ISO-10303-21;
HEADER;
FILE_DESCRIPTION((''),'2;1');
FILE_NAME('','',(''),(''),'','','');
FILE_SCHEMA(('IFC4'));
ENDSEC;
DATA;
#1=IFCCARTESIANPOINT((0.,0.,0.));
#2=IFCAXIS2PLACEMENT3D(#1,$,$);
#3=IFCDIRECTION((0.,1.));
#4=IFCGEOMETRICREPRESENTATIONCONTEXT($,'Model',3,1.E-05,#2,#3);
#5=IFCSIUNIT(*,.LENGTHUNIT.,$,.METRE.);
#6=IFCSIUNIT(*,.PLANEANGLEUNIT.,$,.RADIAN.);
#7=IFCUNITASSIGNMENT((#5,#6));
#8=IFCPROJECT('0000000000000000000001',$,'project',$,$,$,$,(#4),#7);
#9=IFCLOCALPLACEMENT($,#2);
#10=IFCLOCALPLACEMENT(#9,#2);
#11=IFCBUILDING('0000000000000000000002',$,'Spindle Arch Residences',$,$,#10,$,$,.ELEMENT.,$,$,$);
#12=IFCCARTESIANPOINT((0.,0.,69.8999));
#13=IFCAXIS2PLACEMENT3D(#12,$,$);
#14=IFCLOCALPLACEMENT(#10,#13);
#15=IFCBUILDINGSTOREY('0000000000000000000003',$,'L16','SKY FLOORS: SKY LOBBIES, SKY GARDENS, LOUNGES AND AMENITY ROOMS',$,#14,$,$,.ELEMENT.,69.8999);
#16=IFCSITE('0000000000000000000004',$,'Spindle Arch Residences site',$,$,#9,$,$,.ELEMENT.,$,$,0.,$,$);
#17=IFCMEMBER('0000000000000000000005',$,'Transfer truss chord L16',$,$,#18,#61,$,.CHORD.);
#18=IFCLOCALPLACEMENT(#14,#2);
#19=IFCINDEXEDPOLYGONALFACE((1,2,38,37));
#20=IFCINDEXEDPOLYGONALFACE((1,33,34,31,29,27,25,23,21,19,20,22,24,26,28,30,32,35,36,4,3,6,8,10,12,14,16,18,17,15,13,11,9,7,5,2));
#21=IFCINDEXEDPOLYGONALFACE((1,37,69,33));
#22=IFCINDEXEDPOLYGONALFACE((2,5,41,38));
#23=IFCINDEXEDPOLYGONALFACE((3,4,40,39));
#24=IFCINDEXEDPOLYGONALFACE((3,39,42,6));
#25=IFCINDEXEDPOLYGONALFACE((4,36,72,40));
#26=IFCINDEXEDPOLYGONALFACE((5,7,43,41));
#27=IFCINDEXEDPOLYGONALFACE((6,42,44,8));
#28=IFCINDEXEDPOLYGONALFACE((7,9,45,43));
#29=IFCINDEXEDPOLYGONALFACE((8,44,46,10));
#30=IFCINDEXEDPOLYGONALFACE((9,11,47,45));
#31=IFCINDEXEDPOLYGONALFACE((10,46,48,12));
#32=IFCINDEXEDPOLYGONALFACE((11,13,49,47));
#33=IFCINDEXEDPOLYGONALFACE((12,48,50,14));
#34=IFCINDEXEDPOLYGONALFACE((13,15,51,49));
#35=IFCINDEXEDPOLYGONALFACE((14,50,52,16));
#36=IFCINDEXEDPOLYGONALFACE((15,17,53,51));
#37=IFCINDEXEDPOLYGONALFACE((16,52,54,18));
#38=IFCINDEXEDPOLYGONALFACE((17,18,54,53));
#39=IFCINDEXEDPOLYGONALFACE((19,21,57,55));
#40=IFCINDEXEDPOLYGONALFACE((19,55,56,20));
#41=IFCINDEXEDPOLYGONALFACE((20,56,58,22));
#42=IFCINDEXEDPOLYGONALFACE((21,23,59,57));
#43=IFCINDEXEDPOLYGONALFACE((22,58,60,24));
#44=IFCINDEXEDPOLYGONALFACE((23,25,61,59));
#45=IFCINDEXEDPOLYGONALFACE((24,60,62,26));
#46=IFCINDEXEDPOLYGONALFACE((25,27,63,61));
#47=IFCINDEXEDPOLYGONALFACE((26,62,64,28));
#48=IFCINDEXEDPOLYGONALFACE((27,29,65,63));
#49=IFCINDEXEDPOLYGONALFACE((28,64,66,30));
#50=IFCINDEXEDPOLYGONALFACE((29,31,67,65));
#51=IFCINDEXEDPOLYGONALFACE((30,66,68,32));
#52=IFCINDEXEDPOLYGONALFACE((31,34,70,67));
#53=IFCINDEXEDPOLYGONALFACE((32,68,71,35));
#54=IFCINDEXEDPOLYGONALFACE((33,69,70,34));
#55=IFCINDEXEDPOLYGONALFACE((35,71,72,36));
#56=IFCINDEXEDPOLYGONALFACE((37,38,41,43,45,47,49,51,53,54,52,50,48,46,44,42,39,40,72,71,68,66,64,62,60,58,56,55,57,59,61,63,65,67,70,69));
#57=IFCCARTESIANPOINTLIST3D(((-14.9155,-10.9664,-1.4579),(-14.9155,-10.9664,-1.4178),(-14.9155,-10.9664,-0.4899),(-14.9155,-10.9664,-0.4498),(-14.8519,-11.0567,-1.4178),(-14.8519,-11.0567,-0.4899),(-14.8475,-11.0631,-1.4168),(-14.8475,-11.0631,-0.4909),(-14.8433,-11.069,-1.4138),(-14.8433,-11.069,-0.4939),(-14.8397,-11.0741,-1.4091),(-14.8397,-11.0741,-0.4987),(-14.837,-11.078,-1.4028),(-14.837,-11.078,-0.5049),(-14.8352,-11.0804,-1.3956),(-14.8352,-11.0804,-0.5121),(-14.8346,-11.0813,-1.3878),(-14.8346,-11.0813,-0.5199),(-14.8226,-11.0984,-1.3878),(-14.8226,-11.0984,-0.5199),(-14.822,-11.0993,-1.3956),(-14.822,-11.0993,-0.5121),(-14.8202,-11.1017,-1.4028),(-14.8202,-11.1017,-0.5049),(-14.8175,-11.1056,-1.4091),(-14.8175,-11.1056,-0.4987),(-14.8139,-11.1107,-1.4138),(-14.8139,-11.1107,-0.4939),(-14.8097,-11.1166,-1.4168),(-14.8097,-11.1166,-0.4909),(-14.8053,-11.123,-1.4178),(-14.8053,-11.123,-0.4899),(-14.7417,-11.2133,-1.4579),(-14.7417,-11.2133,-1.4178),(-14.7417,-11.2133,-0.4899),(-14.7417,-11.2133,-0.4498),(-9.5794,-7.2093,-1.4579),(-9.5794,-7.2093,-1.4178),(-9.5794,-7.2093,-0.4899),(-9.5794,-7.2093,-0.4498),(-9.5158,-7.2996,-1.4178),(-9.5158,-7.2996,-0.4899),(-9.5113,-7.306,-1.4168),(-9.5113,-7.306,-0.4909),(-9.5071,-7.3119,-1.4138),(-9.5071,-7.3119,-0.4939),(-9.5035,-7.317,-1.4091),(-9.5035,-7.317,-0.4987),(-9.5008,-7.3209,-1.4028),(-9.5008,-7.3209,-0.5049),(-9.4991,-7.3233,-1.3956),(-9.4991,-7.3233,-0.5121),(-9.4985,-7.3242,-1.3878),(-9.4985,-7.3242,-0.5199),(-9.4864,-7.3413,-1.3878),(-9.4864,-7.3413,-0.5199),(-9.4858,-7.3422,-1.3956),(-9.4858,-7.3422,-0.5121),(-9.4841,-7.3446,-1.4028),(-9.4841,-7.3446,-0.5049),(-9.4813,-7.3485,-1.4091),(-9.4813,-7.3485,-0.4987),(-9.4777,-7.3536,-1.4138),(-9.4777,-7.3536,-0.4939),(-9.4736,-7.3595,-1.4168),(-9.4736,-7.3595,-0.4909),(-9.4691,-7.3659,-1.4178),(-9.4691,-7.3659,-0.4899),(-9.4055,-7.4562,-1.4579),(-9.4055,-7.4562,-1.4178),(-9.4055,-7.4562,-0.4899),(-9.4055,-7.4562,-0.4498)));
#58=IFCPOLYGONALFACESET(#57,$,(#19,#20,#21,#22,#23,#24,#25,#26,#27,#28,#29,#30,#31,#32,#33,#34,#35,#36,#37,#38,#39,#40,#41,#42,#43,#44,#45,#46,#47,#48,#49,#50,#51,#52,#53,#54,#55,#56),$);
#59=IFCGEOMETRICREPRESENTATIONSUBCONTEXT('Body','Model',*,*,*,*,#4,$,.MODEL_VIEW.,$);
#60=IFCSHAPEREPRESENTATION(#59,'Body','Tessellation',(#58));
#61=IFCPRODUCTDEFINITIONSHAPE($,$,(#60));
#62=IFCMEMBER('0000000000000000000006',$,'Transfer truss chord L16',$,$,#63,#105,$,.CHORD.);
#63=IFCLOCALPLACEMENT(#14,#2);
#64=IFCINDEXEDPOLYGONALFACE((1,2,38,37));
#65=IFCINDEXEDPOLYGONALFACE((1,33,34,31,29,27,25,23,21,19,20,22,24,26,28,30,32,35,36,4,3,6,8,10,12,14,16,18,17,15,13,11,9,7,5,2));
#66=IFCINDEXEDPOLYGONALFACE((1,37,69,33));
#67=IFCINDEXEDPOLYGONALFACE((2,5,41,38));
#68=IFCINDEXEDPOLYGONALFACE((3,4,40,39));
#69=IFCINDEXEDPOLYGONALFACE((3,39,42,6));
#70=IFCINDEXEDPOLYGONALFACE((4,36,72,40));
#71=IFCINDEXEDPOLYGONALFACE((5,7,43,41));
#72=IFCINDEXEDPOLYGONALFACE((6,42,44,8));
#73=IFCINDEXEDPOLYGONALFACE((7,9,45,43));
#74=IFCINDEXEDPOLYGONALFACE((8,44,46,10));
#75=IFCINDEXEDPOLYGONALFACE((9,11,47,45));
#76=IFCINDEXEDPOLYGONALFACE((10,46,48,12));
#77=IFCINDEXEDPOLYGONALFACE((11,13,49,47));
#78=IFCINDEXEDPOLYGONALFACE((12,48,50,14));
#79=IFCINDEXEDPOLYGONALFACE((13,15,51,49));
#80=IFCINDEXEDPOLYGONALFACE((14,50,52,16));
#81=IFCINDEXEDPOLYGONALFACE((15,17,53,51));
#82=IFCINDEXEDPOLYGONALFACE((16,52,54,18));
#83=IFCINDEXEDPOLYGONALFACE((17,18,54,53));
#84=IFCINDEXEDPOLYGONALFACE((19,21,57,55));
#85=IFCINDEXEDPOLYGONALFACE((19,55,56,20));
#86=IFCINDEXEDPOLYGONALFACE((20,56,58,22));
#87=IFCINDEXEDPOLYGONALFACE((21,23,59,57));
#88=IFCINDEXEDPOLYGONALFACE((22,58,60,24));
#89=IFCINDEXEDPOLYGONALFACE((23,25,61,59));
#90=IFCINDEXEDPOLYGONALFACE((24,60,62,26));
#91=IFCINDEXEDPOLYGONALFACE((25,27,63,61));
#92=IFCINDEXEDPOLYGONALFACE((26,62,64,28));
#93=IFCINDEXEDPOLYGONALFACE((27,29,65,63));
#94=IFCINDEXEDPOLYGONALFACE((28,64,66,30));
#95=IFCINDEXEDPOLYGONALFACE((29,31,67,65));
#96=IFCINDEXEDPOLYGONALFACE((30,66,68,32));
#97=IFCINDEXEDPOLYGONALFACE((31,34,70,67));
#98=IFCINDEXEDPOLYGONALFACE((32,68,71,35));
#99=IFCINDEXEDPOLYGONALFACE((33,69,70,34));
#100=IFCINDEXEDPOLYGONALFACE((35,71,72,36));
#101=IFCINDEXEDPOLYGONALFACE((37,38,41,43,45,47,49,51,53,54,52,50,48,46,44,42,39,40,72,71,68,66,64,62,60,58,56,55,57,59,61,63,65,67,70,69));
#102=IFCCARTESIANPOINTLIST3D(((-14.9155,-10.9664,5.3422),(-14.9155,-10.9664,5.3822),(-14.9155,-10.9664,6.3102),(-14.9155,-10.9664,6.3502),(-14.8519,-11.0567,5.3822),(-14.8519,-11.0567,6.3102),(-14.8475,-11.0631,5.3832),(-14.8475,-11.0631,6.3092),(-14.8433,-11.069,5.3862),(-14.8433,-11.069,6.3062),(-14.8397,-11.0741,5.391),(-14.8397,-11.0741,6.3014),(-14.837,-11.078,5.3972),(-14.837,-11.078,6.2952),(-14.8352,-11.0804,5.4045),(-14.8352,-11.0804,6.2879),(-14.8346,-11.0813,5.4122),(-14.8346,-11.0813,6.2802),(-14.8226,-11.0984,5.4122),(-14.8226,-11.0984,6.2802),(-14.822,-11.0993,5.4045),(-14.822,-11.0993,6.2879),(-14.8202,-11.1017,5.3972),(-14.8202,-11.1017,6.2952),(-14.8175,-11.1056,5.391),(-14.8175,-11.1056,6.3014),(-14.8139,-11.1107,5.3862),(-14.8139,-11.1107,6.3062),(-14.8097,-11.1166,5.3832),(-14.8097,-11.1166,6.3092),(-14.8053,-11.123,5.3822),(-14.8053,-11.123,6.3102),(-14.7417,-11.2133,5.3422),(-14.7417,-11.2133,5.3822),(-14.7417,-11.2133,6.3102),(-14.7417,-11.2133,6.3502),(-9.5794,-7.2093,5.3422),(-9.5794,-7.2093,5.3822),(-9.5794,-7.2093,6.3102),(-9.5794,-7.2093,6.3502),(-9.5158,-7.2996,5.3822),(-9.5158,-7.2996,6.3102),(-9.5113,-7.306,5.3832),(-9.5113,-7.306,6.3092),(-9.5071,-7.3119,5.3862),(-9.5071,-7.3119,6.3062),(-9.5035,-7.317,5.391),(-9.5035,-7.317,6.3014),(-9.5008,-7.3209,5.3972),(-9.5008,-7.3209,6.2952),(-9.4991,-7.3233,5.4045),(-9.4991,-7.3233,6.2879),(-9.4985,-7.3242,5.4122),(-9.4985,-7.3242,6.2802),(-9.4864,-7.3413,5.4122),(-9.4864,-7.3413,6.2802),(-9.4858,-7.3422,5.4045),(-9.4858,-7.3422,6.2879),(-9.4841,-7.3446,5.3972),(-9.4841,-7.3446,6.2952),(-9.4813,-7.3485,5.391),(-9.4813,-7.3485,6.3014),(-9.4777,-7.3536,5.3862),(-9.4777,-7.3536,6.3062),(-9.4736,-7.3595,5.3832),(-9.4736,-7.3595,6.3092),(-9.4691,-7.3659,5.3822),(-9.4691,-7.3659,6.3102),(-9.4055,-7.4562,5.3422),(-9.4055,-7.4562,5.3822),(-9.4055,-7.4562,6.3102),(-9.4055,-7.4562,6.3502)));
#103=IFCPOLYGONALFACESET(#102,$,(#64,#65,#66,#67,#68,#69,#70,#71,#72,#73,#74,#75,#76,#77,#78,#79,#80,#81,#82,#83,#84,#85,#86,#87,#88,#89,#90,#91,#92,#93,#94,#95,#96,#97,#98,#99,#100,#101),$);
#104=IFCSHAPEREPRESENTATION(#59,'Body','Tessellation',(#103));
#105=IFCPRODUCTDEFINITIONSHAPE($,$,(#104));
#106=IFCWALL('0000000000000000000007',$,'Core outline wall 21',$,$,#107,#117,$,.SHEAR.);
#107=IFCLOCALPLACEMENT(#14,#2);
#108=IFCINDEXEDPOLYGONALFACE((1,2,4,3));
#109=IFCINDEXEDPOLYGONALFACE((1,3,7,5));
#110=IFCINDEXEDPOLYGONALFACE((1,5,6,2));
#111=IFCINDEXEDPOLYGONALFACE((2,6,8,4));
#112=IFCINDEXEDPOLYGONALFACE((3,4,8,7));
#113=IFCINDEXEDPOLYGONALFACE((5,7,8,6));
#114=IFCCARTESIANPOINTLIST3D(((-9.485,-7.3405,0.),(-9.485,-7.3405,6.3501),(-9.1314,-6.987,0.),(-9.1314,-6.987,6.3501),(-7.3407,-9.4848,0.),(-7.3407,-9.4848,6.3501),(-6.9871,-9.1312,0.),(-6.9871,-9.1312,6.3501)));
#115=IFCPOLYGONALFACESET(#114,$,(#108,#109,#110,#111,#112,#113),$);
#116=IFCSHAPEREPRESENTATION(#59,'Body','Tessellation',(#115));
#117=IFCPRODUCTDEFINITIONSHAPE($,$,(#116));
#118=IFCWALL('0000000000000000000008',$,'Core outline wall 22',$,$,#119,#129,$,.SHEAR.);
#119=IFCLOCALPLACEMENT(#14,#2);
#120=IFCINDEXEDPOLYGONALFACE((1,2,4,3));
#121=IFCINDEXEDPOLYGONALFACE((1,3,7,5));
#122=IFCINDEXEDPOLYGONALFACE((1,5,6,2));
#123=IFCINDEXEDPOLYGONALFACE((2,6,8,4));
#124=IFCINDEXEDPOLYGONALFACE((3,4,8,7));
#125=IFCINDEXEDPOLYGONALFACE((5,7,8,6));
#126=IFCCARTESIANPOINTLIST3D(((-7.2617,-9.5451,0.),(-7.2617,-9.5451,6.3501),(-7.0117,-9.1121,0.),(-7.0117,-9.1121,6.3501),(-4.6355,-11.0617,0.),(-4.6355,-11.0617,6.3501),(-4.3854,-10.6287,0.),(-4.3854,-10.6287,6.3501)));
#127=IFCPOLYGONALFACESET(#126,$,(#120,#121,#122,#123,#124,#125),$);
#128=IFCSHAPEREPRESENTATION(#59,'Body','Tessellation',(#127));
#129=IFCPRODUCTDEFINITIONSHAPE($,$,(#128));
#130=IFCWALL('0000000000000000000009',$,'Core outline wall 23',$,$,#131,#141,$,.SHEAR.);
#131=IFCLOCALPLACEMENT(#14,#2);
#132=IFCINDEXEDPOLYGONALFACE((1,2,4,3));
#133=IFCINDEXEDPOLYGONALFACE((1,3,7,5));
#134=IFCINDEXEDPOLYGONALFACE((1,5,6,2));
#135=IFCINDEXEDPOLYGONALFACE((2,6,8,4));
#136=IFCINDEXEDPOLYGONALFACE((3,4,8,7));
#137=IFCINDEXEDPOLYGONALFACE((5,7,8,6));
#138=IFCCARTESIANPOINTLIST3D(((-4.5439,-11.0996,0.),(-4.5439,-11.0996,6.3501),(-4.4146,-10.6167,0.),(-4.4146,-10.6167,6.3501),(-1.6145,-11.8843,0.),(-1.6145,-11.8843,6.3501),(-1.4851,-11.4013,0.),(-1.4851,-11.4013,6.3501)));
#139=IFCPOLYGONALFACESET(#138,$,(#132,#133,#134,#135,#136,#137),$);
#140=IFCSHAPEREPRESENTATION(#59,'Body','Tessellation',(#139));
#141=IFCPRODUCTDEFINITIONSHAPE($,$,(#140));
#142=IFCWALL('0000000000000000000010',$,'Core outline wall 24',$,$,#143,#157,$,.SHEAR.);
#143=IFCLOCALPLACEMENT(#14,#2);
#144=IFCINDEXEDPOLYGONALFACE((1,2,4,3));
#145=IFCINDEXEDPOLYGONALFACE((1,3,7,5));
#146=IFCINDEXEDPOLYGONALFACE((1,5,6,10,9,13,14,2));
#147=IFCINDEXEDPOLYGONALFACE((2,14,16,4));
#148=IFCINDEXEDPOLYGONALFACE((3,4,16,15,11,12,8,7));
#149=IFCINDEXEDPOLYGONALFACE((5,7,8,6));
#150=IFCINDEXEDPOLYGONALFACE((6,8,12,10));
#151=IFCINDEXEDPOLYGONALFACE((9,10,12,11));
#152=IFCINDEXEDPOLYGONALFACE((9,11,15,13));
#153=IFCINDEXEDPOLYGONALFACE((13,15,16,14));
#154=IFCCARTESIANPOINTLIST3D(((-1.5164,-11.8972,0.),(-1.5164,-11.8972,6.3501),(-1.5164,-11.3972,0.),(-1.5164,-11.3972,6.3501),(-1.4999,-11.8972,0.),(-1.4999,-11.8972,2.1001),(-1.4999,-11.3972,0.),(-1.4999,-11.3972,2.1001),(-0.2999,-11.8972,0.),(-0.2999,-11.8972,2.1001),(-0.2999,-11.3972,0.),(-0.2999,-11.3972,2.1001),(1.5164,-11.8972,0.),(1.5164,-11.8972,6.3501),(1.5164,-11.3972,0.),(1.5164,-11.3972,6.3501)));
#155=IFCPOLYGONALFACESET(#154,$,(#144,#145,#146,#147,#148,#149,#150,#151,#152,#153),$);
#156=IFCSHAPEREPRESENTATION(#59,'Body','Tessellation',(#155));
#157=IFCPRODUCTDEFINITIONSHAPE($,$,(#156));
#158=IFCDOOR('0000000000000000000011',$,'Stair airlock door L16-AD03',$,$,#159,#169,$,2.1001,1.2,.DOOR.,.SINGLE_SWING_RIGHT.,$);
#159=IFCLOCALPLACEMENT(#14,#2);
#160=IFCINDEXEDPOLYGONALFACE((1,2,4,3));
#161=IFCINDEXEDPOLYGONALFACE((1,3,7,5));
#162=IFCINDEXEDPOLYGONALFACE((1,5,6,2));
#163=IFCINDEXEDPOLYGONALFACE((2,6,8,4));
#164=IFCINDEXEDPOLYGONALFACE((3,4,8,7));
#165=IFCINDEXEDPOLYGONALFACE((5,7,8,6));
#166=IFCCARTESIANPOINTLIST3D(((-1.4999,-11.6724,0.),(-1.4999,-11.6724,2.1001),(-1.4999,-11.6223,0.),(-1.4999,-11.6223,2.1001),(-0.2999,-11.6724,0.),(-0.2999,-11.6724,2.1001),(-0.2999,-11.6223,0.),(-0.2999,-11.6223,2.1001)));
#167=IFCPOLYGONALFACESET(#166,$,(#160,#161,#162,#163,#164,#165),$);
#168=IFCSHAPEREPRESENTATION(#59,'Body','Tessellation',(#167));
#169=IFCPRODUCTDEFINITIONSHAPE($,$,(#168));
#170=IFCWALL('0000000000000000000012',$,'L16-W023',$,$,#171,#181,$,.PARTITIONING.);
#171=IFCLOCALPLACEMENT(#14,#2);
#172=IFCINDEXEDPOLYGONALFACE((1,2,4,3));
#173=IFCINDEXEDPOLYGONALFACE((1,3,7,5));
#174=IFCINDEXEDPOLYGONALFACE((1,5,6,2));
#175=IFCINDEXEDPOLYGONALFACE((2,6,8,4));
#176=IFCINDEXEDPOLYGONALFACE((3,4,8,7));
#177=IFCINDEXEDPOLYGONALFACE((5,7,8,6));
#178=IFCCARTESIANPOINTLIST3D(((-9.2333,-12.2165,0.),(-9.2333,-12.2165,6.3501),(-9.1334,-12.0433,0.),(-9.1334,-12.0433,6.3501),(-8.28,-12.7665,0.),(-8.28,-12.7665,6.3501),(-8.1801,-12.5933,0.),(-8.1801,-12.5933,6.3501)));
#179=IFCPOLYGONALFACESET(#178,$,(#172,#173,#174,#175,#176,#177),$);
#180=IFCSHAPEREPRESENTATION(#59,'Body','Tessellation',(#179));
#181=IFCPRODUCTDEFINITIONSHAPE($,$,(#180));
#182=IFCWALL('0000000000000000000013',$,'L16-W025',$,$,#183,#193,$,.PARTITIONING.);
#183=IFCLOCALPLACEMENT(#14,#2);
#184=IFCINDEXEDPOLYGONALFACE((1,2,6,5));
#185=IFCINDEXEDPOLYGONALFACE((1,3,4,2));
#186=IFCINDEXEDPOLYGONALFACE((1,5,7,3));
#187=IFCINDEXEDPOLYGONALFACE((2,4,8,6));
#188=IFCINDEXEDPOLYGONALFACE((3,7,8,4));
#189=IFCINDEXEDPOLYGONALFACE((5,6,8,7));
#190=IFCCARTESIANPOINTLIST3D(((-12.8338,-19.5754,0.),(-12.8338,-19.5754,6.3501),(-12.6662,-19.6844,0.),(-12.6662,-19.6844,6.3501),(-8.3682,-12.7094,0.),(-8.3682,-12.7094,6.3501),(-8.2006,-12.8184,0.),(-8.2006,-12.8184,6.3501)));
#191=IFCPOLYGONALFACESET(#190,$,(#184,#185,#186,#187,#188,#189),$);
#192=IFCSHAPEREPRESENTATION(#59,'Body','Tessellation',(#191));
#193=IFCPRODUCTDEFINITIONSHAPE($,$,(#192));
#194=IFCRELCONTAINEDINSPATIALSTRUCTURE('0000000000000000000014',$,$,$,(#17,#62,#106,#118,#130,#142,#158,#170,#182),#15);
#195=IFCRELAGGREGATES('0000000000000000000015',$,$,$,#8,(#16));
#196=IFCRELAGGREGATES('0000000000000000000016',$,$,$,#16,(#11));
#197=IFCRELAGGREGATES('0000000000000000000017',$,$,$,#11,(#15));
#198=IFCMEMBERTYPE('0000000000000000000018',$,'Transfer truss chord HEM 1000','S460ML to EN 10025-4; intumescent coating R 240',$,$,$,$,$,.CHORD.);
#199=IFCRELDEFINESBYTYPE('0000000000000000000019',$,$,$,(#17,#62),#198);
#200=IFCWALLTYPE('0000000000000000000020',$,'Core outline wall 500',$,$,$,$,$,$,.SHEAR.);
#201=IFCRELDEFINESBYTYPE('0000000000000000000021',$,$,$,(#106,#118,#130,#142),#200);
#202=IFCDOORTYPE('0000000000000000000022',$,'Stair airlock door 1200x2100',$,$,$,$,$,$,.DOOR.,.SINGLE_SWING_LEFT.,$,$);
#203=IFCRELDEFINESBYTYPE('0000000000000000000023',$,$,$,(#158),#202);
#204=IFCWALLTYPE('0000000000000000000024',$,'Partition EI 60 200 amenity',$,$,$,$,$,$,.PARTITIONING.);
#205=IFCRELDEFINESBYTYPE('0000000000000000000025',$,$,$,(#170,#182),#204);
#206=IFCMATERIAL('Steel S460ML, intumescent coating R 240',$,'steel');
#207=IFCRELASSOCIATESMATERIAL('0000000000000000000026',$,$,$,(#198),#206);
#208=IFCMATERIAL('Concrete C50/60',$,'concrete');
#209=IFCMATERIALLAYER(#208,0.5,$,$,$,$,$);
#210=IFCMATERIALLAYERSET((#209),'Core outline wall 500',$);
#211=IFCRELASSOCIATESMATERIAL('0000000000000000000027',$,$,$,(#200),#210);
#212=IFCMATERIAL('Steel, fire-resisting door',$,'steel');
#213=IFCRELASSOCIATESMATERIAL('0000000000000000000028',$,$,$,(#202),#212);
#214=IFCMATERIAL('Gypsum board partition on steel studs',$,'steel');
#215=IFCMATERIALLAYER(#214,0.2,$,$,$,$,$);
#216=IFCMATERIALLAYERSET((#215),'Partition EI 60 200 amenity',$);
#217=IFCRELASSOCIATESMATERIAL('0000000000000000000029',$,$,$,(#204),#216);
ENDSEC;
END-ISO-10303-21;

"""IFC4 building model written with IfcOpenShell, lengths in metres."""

from ifc_helpers import new_model, si_unit, direction, frame, frame_2d, origin, origin_2d, place, context, subcontext, project, spatial, rectangle, i_section, extrude, material, layer, layer_set, material_profile, profile_set, type_object, element, fill, save


model = new_model("IFC4")

# Units and contexts
model_context = context("Model", 3, precision=1e-05, world=origin(), true_north=direction((0.0, 1.0)))
body_context = subcontext(model_context, "Body", "Model", "MODEL_VIEW")
ifc_project = project(units=[si_unit("LENGTHUNIT", "METRE"), si_unit("PLANEANGLEUNIT", "RADIAN")], contexts=[model_context])

# Site, building, storey
site_placement = place(None, origin())
site = spatial("IfcSite", under=ifc_project, at=site_placement, Name="Spindle Arch Residences site", CompositionType="ELEMENT", RefElevation=0.0)
building_placement = place(site_placement, origin())
building = spatial("IfcBuilding", under=site, at=building_placement, Name="Spindle Arch Residences", CompositionType="ELEMENT")
storey_placement = place(building_placement, frame((0.0, 0.0, 69.8999)))
storey = spatial("IfcBuildingStorey", under=building, at=storey_placement, Name="L16", Description="SKY FLOORS: SKY LOBBIES, SKY GARDENS, LOUNGES AND AMENITY ROOMS", CompositionType="ELEMENT", Elevation=69.8999)

# Members
ifc_material_1 = material(Name="Steel S460ML, intumescent coating R 240", Category="steel")
ifc_material_profile = material_profile(ifc_material_1, i_section(OverallWidth=0.302, OverallDepth=1.0081, WebThickness=0.021, FlangeThickness=0.04, FilletRadius=0.03, at=origin_2d()), Name="HEM 1000")
ifc_profile_set = profile_set([ifc_material_profile], Name="Steel S460ML, intumescent coating R 240")
member_type = type_object("IfcMemberType", Name="Transfer truss chord HEM 1000", Description="S460ML to EN 10025-4; intumescent coating R 240", PredefinedType="CHORD", material=ifc_profile_set)
for number, where, z_axis, x_axis, name in (
    (1, (-9.4924, -7.3328, -0.9539), (-0.817663, -0.575697, 0.0), (0.575697, -0.817663, 0.0), "Transfer truss chord L16"),
    (2, (-9.4924, -7.3328, 5.8462), (-0.817663, -0.575697, 0.0), (0.575697, -0.817663, 0.0), "Transfer truss chord L16"),
):
    element("IfcMember", number, at=place(storey_placement, frame(where, z_axis=z_axis, x_axis=x_axis)), inside=storey, type_object=member_type, Name=name, PredefinedType="CHORD", context=body_context, shape_type="SweptSolid", body=[
        extrude(i_section(OverallWidth=0.302, OverallDepth=1.0081, WebThickness=0.021, FlangeThickness=0.04, FilletRadius=0.03, at=origin_2d()), origin(), (0.0, 0.0, 1.0), 6.5261),
    ])

# Walls
ifc_material_2 = material(Name="Concrete C50/60", Category="concrete")
ifc_layer_1 = layer(ifc_material_2, 0.5)
ifc_layer_set_1 = layer_set([ifc_layer_1], Name="Core outline wall 500")
wall_type_1 = type_object("IfcWallType", Name="Core outline wall 500", PredefinedType="SHEAR", material=ifc_layer_set_1)
wall_1_placement = place(storey_placement, frame((-9.3081, -7.1638, 0.0), z_axis=(0.0, 0.0, 1.0), x_axis=(0.707107, -0.707107, 0.0)))
element("IfcWall", 3, at=wall_1_placement, inside=storey, type_object=wall_type_1, Name="Core outline wall 21", PredefinedType="SHEAR", context=body_context, shape_type="SweptSolid", body=[
    extrude(rectangle(XDim=3.0325, YDim=0.5, at=frame_2d((1.5161, 0.0))), origin(), (0.0, 0.0, 1.0), 6.3501),
])
for number, where, z_axis, x_axis, name in (
    (4, (-7.1367, -9.3286, 0.0), (0.0, 0.0, 1.0), (0.865975, -0.500087, 0.0), "Core outline wall 22"),
    (5, (-4.4792, -10.8582, 0.0), (0.0, 0.0, 1.0), (0.965948, -0.258735, 0.0), "Core outline wall 23"),
):
    element("IfcWall", number, at=place(storey_placement, frame(where, z_axis=z_axis, x_axis=x_axis)), inside=storey, type_object=wall_type_1, Name=name, PredefinedType="SHEAR", context=body_context, shape_type="SweptSolid", body=[
        extrude(rectangle(XDim=3.0327, YDim=0.5, at=frame_2d((1.5164, 0.0))), origin(), (0.0, 0.0, 1.0), 6.3501),
    ])

# Wall, opening, door
wall_2_placement = place(storey_placement, frame((-1.5164, -11.6472, 0.0), z_axis=(0.0, 0.0, 1.0), x_axis=(1.0, 0.0, 0.0)))
wall_2 = element("IfcWall", 6, at=wall_2_placement, inside=storey, type_object=wall_type_1, Name="Core outline wall 24", PredefinedType="SHEAR", context=body_context, shape_type="SweptSolid", body=[
    extrude(rectangle(XDim=3.0327, YDim=0.5, at=frame_2d((1.5164, 0.0))), origin(), (0.0, 0.0, 1.0), 6.3501),
])
opening_1_placement = place(wall_2_placement, frame((0.0164, 0.0, 0.0)))
opening_1 = element("IfcOpeningElement", 7, at=opening_1_placement, cuts=wall_2, PredefinedType="OPENING", context=body_context, shape_type="SweptSolid", body=[
    extrude(rectangle(XDim=1.2, YDim=2.1001, at=frame_2d((0.6001, 1.05))), frame((0.0, 0.26, 0.0), z_axis=(0.0, -1.0, 0.0), x_axis=(1.0, 0.0, 0.0)), (0.0, 0.0, 1.0), 0.52),
])
ifc_material_3 = material(Name="Steel, fire-resisting door", Category="steel")
door_type_1 = type_object("IfcDoorType", Name="Stair airlock door 1200x2100", OperationType="SINGLE_SWING_LEFT", PredefinedType="DOOR", material=ifc_material_3)
door_1_placement = place(opening_1_placement, origin())
door_1 = element("IfcDoor", 8, at=door_1_placement, inside=storey, type_object=door_type_1, Name="Stair airlock door L16-AD03", OperationType="SINGLE_SWING_RIGHT", OverallHeight=2.1001, OverallWidth=1.2, PredefinedType="DOOR", context=body_context, shape_type="SweptSolid", body=[
    extrude(rectangle(XDim=1.2, YDim=2.1001, at=frame_2d((0.6001, 1.05))), frame((0.0, 0.0249, 0.0), z_axis=(0.0, -1.0, 0.0), x_axis=(1.0, 0.0, 0.0)), (0.0, 0.0, 1.0), 0.05),
])
fill(opening_1, door_1)

# Walls
ifc_material_4 = material(Name="Gypsum board partition on steel studs", Category="steel")
ifc_layer_2 = layer(ifc_material_4, 0.2)
ifc_layer_set_2 = layer_set([ifc_layer_2], Name="Partition EI 60 200 amenity")
wall_type_2 = type_object("IfcWallType", Name="Partition EI 60 200 amenity", PredefinedType="PARTITIONING", material=ifc_layer_set_2)
wall_3_placement = place(storey_placement, frame((-9.1833, -12.1299, 0.0), z_axis=(0.0, 0.0, 1.0), x_axis=(0.866175, -0.499742, 0.0)))
element("IfcWall", 9, at=wall_3_placement, inside=storey, type_object=wall_type_2, Name="L16-W023", PredefinedType="PARTITIONING", context=body_context, shape_type="SweptSolid", body=[
    extrude(rectangle(XDim=1.1006, YDim=0.2, at=frame_2d((0.5503, 0.0))), origin(), (0.0, 0.0, 1.0), 6.3501),
])
wall_4_placement = place(storey_placement, frame((-8.2844, -12.7639, 0.0), z_axis=(0.0, 0.0, 1.0), x_axis=(-0.54522, -0.838293, 0.0)))
element("IfcWall", 10, at=wall_4_placement, inside=storey, type_object=wall_type_2, Name="L16-W025", PredefinedType="PARTITIONING", context=body_context, shape_type="SweptSolid", body=[
    extrude(rectangle(XDim=8.1904, YDim=0.2, at=frame_2d((4.0952, 0.0))), origin(), (0.0, 0.0, 1.0), 6.3501),
])

save(model, "model.ifc")
